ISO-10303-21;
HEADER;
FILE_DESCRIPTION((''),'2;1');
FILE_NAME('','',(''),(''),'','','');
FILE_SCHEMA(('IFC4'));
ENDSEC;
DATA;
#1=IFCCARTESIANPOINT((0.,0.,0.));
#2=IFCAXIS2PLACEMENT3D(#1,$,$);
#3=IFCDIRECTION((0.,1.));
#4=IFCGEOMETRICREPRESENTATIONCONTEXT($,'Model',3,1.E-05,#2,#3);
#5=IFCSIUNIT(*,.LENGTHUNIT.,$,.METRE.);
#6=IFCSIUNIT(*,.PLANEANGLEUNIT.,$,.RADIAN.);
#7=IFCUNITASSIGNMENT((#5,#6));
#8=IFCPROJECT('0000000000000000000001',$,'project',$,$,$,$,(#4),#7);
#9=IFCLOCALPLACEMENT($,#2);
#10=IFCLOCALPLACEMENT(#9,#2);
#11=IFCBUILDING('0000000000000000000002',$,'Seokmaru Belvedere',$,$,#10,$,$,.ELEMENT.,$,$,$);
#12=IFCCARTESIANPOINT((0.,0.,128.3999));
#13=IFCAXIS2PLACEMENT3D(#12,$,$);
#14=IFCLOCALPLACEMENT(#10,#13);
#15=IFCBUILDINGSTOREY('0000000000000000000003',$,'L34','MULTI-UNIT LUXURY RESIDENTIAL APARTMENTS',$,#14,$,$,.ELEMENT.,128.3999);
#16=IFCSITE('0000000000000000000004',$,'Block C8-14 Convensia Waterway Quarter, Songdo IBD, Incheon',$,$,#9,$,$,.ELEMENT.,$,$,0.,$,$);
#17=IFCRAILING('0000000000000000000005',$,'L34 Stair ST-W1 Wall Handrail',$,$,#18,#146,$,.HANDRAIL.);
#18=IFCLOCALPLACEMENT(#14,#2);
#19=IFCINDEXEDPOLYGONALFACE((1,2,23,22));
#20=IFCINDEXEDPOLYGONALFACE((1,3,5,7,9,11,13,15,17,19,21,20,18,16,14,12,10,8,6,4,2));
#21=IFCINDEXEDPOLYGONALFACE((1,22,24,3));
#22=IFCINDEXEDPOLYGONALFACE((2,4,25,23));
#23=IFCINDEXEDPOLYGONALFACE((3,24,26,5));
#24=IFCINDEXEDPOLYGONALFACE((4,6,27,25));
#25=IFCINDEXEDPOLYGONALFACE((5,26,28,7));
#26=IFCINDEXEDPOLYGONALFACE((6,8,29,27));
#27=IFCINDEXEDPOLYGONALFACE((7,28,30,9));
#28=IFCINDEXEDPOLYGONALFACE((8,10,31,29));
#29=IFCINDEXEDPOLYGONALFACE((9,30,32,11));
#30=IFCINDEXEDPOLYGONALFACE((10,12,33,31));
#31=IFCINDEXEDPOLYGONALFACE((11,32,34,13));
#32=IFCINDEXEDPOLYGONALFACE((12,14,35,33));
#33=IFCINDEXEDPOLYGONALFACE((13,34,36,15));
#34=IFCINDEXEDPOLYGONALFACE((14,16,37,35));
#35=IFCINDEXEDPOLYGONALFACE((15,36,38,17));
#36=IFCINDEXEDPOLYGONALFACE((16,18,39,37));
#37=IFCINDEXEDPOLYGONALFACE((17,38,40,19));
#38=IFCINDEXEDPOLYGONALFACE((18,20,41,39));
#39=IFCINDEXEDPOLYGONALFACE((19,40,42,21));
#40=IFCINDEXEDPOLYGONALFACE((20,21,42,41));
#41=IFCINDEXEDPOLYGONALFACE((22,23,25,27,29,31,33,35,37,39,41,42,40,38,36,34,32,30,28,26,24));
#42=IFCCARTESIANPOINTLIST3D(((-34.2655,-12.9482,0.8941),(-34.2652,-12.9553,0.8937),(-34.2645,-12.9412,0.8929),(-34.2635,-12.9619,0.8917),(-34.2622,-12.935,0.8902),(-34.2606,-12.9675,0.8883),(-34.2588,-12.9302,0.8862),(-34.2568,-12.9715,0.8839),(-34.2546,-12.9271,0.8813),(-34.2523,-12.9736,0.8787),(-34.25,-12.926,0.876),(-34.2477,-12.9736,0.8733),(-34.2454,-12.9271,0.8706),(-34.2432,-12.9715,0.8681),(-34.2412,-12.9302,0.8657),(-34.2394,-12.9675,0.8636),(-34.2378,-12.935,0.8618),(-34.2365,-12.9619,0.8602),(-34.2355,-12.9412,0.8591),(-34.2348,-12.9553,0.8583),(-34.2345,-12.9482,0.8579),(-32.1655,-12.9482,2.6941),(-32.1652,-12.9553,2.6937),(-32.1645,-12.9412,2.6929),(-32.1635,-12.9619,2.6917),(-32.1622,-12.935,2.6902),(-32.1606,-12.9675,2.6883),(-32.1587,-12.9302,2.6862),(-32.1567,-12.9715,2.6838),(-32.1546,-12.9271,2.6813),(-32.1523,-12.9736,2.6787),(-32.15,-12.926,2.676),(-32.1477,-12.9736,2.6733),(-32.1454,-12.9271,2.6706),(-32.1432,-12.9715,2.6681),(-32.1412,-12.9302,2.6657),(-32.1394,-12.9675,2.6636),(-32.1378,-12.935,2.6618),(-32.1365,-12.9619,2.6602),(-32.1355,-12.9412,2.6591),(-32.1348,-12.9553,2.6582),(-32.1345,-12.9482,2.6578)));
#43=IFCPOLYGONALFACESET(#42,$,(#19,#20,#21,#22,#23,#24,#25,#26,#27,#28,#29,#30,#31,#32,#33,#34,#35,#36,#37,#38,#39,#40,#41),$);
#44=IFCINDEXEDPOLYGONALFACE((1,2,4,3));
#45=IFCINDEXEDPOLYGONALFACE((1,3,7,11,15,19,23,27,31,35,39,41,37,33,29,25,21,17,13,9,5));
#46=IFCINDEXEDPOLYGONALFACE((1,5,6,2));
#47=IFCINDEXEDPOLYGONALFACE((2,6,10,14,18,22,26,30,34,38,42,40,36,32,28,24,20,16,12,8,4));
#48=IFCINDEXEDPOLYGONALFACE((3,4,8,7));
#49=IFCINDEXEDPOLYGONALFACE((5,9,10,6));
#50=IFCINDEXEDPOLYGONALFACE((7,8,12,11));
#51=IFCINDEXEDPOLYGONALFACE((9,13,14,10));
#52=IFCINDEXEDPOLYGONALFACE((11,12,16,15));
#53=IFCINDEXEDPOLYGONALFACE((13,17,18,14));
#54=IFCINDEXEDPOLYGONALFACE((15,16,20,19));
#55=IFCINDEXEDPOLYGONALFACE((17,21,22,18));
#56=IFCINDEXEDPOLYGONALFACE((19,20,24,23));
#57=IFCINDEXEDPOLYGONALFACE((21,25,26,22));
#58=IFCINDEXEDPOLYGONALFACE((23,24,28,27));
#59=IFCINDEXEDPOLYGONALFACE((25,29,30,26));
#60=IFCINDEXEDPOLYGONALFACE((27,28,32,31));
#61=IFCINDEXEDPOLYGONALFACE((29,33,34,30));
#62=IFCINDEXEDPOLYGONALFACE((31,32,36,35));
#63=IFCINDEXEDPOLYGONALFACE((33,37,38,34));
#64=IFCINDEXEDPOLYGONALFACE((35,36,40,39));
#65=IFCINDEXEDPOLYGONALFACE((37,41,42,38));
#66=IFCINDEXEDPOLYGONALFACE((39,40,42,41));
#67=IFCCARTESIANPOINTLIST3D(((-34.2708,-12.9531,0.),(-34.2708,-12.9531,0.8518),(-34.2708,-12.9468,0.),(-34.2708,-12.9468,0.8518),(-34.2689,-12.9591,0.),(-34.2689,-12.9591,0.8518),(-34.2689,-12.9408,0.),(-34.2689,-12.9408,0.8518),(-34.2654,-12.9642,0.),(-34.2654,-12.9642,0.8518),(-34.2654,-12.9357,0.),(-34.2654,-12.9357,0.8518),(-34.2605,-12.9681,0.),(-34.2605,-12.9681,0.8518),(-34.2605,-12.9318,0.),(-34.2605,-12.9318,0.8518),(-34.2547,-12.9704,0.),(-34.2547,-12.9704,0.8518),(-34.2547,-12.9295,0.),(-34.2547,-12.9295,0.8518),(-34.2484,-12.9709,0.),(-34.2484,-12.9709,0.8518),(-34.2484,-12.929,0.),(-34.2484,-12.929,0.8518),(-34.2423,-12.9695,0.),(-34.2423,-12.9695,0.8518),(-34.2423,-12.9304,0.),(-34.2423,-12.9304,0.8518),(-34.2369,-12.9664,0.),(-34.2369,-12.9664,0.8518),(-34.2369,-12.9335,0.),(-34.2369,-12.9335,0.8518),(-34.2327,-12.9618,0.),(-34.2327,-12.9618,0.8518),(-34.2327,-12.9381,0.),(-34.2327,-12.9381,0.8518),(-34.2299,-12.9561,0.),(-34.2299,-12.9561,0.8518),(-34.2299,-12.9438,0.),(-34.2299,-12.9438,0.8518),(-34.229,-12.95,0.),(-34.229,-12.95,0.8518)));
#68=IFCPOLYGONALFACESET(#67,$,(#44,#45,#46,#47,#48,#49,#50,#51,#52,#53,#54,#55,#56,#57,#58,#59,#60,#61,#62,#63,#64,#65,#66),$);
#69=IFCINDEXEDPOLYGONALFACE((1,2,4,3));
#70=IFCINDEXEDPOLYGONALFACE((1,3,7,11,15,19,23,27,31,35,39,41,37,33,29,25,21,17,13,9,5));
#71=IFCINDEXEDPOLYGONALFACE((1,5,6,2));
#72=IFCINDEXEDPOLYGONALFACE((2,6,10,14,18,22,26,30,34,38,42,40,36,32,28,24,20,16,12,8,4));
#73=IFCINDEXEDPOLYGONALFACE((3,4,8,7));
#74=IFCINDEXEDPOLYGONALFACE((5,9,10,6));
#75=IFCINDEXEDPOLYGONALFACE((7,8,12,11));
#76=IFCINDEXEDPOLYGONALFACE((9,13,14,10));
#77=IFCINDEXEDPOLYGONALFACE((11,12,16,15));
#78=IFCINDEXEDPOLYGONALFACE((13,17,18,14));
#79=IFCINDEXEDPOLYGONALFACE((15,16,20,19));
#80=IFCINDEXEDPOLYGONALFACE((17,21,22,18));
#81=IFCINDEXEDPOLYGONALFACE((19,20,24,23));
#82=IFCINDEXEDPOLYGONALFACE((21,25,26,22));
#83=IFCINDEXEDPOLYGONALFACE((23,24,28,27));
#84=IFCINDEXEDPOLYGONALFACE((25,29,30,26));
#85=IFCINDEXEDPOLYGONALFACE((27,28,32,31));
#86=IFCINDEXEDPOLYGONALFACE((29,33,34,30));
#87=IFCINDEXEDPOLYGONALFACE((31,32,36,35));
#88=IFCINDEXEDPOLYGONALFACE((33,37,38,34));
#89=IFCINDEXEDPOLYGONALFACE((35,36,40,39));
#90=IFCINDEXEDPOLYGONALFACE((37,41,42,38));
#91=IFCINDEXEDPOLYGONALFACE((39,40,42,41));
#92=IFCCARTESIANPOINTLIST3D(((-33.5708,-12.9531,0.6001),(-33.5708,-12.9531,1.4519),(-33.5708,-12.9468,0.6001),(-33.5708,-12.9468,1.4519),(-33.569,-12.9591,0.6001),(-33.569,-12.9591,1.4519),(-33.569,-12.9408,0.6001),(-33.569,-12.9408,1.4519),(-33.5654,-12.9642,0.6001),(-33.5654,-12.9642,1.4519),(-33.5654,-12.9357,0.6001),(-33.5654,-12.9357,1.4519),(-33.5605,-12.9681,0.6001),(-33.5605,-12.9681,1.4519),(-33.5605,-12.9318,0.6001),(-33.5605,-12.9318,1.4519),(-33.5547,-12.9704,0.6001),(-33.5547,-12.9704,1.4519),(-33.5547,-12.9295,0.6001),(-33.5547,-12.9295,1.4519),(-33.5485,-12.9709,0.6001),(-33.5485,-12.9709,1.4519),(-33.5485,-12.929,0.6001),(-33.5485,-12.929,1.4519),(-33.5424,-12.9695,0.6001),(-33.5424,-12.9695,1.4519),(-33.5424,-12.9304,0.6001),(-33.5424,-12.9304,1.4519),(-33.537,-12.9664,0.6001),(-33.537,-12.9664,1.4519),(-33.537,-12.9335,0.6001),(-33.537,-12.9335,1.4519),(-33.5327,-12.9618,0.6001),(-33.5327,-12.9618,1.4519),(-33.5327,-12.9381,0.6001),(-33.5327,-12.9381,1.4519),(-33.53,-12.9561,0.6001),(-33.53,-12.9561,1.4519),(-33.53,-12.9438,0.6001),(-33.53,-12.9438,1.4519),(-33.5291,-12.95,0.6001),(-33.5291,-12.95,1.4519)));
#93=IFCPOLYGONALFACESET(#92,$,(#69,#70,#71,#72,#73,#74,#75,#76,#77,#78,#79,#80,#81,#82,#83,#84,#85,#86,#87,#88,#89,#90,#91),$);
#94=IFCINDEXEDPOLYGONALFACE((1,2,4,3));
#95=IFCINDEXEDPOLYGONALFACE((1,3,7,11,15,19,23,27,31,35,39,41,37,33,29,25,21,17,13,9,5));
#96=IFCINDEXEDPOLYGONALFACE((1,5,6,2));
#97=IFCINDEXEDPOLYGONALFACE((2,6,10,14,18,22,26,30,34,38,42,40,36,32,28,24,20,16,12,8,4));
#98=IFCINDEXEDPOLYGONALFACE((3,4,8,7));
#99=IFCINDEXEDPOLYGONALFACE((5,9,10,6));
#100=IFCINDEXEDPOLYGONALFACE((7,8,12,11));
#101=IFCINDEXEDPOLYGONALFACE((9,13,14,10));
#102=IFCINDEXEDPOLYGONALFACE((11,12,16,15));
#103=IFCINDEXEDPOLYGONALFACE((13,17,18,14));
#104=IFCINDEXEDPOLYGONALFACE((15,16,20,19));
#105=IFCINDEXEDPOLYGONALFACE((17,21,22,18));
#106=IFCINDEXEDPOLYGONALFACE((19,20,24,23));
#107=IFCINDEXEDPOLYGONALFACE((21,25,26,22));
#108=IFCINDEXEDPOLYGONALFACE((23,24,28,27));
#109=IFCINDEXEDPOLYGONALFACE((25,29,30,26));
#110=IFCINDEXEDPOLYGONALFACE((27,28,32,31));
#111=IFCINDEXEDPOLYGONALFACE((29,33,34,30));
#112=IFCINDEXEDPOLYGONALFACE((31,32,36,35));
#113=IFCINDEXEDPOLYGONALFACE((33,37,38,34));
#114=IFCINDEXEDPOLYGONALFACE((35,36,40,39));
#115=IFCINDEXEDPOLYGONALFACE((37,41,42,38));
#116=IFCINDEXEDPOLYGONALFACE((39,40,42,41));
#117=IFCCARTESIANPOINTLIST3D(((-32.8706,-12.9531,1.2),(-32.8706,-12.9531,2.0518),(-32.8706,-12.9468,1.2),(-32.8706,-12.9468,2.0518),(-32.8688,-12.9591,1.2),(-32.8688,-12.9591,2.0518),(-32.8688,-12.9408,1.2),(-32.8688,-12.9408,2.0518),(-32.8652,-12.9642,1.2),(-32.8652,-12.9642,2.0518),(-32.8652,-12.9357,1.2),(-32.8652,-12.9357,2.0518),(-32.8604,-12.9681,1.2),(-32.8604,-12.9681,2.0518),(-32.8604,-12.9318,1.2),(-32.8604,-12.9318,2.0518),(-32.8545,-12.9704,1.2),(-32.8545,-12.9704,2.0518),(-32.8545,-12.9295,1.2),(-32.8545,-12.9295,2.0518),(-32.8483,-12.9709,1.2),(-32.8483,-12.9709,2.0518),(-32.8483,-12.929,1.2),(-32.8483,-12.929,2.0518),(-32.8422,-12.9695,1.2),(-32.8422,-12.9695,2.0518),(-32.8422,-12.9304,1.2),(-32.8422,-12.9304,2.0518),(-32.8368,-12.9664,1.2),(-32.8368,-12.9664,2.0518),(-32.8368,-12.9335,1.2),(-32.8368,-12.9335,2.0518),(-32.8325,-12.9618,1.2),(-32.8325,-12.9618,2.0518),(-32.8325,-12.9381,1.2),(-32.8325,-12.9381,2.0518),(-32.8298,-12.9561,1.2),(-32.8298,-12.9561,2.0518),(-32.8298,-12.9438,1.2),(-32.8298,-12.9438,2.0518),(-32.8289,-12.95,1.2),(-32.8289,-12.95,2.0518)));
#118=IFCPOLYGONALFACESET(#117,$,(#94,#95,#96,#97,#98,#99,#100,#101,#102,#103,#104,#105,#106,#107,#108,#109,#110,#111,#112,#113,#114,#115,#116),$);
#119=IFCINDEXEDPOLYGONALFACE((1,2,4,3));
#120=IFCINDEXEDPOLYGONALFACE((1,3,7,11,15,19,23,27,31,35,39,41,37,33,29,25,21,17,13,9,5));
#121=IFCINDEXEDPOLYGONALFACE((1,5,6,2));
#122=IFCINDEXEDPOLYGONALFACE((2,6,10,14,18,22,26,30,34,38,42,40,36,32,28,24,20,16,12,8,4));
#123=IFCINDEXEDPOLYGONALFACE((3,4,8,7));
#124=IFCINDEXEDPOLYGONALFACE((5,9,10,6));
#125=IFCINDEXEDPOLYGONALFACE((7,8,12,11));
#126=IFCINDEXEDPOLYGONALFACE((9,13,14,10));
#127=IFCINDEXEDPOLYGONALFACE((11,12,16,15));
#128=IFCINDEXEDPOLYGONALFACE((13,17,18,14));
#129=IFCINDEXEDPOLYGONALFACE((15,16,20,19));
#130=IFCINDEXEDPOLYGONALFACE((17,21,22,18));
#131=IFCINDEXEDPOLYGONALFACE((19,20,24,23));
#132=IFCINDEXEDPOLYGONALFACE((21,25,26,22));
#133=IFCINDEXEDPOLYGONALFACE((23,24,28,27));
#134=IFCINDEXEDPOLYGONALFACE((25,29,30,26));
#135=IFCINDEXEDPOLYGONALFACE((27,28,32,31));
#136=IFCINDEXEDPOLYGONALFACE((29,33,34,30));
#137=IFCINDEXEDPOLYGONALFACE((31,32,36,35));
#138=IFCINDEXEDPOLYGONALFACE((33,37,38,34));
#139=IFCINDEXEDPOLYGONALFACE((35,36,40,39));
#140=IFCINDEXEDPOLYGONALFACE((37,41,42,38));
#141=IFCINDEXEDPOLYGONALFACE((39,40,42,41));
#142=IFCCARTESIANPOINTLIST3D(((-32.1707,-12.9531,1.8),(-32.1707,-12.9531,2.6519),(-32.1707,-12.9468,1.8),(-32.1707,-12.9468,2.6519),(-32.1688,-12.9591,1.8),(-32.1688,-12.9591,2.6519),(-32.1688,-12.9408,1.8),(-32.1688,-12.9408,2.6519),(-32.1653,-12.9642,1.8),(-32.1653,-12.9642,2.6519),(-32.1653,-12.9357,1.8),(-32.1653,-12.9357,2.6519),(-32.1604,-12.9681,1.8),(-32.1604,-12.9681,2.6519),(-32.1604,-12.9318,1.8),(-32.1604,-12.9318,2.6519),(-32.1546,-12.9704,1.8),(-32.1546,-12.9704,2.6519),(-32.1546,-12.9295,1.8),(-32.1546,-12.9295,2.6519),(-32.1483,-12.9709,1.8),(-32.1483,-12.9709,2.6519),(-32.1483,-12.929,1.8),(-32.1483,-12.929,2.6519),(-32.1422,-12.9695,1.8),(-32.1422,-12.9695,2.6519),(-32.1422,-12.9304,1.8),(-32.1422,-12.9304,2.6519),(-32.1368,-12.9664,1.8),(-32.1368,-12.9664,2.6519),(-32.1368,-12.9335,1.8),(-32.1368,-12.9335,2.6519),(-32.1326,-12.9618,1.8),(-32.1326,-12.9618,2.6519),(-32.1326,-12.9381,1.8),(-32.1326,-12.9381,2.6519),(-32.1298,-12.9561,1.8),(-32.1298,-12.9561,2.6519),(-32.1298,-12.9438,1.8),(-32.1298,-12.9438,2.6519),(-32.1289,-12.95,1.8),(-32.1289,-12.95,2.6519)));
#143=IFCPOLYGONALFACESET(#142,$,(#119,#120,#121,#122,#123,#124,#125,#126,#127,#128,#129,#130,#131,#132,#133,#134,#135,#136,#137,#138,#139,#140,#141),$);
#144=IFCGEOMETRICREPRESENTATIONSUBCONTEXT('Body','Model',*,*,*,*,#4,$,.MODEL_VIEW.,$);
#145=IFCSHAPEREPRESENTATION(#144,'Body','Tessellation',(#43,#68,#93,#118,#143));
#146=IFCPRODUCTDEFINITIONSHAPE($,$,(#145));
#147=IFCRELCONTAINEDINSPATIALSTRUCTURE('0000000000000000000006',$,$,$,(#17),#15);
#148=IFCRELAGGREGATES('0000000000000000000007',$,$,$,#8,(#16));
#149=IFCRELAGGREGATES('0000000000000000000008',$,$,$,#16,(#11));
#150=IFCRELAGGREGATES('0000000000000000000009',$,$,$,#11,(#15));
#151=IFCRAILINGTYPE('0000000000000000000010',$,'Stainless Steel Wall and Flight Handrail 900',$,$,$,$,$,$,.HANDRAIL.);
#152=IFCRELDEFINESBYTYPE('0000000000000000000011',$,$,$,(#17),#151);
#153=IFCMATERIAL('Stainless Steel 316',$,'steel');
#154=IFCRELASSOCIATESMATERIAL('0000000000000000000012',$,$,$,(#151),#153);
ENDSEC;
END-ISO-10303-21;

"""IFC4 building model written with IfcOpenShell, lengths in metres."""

from ifc_helpers import new_model, si_unit, direction, frame, origin, origin_2d, place, context, subcontext, project, spatial, circle, extrude, material, type_object, element, save


model = new_model("IFC4")

# Units and contexts
model_context = context("Model", 3, precision=1e-05, world=origin(), true_north=direction((0.0, 1.0)))
body_context = subcontext(model_context, "Body", "Model", "MODEL_VIEW")
ifc_project = project(units=[si_unit("LENGTHUNIT", "METRE"), si_unit("PLANEANGLEUNIT", "RADIAN")], contexts=[model_context])

# Site, building, storey
site_placement = place(None, origin())
site = spatial("IfcSite", under=ifc_project, at=site_placement, Name="Block C8-14 Convensia Waterway Quarter, Songdo IBD, Incheon", CompositionType="ELEMENT", RefElevation=0.0)
building_placement = place(site_placement, origin())
building = spatial("IfcBuilding", under=site, at=building_placement, Name="Seokmaru Belvedere", CompositionType="ELEMENT")
storey_placement = place(building_placement, frame((0.0, 0.0, 128.3999)))
storey = spatial("IfcBuildingStorey", under=building, at=storey_placement, Name="L34", Description="MULTI-UNIT LUXURY RESIDENTIAL APARTMENTS", CompositionType="ELEMENT", Elevation=128.3999)

# Shared definitions
ifc_material_1 = material(Name="Stainless Steel 316", Category="steel")

# Railing
railing_type_1 = type_object("IfcRailingType", Name="Stainless Steel Wall and Flight Handrail 900", PredefinedType="HANDRAIL", material=ifc_material_1)
railing_1_placement = place(storey_placement, frame((-34.25, -12.95, 0.0)))
element("IfcRailing", 1, at=railing_1_placement, inside=storey, type_object=railing_type_1, Name="L34 Stair ST-W1 Wall Handrail", PredefinedType="HANDRAIL", context=body_context, shape_type="SweptSolid", body=[
    extrude(circle(Radius=0.0239, at=origin_2d()), frame((0.0, 0.0, 0.876), z_axis=(0.759263, 0.0, 0.650784), x_axis=(0.0, 1.0, 0.0)), (0.0, 0.0, 1.0), 2.7659),
    extrude(circle(Radius=0.021, at=origin_2d()), origin(), (0.0, 0.0, 1.0), 0.8518),
    extrude(circle(Radius=0.021, at=origin_2d()), frame((0.7, 0.0, 0.6001)), (0.0, 0.0, 1.0), 0.8518),
    extrude(circle(Radius=0.021, at=origin_2d()), frame((1.4001, 0.0, 1.2)), (0.0, 0.0, 1.0), 0.8518),
    extrude(circle(Radius=0.021, at=origin_2d()), frame((2.1001, 0.0, 1.8)), (0.0, 0.0, 1.0), 0.8518),
])

save(model, "model.ifc")
